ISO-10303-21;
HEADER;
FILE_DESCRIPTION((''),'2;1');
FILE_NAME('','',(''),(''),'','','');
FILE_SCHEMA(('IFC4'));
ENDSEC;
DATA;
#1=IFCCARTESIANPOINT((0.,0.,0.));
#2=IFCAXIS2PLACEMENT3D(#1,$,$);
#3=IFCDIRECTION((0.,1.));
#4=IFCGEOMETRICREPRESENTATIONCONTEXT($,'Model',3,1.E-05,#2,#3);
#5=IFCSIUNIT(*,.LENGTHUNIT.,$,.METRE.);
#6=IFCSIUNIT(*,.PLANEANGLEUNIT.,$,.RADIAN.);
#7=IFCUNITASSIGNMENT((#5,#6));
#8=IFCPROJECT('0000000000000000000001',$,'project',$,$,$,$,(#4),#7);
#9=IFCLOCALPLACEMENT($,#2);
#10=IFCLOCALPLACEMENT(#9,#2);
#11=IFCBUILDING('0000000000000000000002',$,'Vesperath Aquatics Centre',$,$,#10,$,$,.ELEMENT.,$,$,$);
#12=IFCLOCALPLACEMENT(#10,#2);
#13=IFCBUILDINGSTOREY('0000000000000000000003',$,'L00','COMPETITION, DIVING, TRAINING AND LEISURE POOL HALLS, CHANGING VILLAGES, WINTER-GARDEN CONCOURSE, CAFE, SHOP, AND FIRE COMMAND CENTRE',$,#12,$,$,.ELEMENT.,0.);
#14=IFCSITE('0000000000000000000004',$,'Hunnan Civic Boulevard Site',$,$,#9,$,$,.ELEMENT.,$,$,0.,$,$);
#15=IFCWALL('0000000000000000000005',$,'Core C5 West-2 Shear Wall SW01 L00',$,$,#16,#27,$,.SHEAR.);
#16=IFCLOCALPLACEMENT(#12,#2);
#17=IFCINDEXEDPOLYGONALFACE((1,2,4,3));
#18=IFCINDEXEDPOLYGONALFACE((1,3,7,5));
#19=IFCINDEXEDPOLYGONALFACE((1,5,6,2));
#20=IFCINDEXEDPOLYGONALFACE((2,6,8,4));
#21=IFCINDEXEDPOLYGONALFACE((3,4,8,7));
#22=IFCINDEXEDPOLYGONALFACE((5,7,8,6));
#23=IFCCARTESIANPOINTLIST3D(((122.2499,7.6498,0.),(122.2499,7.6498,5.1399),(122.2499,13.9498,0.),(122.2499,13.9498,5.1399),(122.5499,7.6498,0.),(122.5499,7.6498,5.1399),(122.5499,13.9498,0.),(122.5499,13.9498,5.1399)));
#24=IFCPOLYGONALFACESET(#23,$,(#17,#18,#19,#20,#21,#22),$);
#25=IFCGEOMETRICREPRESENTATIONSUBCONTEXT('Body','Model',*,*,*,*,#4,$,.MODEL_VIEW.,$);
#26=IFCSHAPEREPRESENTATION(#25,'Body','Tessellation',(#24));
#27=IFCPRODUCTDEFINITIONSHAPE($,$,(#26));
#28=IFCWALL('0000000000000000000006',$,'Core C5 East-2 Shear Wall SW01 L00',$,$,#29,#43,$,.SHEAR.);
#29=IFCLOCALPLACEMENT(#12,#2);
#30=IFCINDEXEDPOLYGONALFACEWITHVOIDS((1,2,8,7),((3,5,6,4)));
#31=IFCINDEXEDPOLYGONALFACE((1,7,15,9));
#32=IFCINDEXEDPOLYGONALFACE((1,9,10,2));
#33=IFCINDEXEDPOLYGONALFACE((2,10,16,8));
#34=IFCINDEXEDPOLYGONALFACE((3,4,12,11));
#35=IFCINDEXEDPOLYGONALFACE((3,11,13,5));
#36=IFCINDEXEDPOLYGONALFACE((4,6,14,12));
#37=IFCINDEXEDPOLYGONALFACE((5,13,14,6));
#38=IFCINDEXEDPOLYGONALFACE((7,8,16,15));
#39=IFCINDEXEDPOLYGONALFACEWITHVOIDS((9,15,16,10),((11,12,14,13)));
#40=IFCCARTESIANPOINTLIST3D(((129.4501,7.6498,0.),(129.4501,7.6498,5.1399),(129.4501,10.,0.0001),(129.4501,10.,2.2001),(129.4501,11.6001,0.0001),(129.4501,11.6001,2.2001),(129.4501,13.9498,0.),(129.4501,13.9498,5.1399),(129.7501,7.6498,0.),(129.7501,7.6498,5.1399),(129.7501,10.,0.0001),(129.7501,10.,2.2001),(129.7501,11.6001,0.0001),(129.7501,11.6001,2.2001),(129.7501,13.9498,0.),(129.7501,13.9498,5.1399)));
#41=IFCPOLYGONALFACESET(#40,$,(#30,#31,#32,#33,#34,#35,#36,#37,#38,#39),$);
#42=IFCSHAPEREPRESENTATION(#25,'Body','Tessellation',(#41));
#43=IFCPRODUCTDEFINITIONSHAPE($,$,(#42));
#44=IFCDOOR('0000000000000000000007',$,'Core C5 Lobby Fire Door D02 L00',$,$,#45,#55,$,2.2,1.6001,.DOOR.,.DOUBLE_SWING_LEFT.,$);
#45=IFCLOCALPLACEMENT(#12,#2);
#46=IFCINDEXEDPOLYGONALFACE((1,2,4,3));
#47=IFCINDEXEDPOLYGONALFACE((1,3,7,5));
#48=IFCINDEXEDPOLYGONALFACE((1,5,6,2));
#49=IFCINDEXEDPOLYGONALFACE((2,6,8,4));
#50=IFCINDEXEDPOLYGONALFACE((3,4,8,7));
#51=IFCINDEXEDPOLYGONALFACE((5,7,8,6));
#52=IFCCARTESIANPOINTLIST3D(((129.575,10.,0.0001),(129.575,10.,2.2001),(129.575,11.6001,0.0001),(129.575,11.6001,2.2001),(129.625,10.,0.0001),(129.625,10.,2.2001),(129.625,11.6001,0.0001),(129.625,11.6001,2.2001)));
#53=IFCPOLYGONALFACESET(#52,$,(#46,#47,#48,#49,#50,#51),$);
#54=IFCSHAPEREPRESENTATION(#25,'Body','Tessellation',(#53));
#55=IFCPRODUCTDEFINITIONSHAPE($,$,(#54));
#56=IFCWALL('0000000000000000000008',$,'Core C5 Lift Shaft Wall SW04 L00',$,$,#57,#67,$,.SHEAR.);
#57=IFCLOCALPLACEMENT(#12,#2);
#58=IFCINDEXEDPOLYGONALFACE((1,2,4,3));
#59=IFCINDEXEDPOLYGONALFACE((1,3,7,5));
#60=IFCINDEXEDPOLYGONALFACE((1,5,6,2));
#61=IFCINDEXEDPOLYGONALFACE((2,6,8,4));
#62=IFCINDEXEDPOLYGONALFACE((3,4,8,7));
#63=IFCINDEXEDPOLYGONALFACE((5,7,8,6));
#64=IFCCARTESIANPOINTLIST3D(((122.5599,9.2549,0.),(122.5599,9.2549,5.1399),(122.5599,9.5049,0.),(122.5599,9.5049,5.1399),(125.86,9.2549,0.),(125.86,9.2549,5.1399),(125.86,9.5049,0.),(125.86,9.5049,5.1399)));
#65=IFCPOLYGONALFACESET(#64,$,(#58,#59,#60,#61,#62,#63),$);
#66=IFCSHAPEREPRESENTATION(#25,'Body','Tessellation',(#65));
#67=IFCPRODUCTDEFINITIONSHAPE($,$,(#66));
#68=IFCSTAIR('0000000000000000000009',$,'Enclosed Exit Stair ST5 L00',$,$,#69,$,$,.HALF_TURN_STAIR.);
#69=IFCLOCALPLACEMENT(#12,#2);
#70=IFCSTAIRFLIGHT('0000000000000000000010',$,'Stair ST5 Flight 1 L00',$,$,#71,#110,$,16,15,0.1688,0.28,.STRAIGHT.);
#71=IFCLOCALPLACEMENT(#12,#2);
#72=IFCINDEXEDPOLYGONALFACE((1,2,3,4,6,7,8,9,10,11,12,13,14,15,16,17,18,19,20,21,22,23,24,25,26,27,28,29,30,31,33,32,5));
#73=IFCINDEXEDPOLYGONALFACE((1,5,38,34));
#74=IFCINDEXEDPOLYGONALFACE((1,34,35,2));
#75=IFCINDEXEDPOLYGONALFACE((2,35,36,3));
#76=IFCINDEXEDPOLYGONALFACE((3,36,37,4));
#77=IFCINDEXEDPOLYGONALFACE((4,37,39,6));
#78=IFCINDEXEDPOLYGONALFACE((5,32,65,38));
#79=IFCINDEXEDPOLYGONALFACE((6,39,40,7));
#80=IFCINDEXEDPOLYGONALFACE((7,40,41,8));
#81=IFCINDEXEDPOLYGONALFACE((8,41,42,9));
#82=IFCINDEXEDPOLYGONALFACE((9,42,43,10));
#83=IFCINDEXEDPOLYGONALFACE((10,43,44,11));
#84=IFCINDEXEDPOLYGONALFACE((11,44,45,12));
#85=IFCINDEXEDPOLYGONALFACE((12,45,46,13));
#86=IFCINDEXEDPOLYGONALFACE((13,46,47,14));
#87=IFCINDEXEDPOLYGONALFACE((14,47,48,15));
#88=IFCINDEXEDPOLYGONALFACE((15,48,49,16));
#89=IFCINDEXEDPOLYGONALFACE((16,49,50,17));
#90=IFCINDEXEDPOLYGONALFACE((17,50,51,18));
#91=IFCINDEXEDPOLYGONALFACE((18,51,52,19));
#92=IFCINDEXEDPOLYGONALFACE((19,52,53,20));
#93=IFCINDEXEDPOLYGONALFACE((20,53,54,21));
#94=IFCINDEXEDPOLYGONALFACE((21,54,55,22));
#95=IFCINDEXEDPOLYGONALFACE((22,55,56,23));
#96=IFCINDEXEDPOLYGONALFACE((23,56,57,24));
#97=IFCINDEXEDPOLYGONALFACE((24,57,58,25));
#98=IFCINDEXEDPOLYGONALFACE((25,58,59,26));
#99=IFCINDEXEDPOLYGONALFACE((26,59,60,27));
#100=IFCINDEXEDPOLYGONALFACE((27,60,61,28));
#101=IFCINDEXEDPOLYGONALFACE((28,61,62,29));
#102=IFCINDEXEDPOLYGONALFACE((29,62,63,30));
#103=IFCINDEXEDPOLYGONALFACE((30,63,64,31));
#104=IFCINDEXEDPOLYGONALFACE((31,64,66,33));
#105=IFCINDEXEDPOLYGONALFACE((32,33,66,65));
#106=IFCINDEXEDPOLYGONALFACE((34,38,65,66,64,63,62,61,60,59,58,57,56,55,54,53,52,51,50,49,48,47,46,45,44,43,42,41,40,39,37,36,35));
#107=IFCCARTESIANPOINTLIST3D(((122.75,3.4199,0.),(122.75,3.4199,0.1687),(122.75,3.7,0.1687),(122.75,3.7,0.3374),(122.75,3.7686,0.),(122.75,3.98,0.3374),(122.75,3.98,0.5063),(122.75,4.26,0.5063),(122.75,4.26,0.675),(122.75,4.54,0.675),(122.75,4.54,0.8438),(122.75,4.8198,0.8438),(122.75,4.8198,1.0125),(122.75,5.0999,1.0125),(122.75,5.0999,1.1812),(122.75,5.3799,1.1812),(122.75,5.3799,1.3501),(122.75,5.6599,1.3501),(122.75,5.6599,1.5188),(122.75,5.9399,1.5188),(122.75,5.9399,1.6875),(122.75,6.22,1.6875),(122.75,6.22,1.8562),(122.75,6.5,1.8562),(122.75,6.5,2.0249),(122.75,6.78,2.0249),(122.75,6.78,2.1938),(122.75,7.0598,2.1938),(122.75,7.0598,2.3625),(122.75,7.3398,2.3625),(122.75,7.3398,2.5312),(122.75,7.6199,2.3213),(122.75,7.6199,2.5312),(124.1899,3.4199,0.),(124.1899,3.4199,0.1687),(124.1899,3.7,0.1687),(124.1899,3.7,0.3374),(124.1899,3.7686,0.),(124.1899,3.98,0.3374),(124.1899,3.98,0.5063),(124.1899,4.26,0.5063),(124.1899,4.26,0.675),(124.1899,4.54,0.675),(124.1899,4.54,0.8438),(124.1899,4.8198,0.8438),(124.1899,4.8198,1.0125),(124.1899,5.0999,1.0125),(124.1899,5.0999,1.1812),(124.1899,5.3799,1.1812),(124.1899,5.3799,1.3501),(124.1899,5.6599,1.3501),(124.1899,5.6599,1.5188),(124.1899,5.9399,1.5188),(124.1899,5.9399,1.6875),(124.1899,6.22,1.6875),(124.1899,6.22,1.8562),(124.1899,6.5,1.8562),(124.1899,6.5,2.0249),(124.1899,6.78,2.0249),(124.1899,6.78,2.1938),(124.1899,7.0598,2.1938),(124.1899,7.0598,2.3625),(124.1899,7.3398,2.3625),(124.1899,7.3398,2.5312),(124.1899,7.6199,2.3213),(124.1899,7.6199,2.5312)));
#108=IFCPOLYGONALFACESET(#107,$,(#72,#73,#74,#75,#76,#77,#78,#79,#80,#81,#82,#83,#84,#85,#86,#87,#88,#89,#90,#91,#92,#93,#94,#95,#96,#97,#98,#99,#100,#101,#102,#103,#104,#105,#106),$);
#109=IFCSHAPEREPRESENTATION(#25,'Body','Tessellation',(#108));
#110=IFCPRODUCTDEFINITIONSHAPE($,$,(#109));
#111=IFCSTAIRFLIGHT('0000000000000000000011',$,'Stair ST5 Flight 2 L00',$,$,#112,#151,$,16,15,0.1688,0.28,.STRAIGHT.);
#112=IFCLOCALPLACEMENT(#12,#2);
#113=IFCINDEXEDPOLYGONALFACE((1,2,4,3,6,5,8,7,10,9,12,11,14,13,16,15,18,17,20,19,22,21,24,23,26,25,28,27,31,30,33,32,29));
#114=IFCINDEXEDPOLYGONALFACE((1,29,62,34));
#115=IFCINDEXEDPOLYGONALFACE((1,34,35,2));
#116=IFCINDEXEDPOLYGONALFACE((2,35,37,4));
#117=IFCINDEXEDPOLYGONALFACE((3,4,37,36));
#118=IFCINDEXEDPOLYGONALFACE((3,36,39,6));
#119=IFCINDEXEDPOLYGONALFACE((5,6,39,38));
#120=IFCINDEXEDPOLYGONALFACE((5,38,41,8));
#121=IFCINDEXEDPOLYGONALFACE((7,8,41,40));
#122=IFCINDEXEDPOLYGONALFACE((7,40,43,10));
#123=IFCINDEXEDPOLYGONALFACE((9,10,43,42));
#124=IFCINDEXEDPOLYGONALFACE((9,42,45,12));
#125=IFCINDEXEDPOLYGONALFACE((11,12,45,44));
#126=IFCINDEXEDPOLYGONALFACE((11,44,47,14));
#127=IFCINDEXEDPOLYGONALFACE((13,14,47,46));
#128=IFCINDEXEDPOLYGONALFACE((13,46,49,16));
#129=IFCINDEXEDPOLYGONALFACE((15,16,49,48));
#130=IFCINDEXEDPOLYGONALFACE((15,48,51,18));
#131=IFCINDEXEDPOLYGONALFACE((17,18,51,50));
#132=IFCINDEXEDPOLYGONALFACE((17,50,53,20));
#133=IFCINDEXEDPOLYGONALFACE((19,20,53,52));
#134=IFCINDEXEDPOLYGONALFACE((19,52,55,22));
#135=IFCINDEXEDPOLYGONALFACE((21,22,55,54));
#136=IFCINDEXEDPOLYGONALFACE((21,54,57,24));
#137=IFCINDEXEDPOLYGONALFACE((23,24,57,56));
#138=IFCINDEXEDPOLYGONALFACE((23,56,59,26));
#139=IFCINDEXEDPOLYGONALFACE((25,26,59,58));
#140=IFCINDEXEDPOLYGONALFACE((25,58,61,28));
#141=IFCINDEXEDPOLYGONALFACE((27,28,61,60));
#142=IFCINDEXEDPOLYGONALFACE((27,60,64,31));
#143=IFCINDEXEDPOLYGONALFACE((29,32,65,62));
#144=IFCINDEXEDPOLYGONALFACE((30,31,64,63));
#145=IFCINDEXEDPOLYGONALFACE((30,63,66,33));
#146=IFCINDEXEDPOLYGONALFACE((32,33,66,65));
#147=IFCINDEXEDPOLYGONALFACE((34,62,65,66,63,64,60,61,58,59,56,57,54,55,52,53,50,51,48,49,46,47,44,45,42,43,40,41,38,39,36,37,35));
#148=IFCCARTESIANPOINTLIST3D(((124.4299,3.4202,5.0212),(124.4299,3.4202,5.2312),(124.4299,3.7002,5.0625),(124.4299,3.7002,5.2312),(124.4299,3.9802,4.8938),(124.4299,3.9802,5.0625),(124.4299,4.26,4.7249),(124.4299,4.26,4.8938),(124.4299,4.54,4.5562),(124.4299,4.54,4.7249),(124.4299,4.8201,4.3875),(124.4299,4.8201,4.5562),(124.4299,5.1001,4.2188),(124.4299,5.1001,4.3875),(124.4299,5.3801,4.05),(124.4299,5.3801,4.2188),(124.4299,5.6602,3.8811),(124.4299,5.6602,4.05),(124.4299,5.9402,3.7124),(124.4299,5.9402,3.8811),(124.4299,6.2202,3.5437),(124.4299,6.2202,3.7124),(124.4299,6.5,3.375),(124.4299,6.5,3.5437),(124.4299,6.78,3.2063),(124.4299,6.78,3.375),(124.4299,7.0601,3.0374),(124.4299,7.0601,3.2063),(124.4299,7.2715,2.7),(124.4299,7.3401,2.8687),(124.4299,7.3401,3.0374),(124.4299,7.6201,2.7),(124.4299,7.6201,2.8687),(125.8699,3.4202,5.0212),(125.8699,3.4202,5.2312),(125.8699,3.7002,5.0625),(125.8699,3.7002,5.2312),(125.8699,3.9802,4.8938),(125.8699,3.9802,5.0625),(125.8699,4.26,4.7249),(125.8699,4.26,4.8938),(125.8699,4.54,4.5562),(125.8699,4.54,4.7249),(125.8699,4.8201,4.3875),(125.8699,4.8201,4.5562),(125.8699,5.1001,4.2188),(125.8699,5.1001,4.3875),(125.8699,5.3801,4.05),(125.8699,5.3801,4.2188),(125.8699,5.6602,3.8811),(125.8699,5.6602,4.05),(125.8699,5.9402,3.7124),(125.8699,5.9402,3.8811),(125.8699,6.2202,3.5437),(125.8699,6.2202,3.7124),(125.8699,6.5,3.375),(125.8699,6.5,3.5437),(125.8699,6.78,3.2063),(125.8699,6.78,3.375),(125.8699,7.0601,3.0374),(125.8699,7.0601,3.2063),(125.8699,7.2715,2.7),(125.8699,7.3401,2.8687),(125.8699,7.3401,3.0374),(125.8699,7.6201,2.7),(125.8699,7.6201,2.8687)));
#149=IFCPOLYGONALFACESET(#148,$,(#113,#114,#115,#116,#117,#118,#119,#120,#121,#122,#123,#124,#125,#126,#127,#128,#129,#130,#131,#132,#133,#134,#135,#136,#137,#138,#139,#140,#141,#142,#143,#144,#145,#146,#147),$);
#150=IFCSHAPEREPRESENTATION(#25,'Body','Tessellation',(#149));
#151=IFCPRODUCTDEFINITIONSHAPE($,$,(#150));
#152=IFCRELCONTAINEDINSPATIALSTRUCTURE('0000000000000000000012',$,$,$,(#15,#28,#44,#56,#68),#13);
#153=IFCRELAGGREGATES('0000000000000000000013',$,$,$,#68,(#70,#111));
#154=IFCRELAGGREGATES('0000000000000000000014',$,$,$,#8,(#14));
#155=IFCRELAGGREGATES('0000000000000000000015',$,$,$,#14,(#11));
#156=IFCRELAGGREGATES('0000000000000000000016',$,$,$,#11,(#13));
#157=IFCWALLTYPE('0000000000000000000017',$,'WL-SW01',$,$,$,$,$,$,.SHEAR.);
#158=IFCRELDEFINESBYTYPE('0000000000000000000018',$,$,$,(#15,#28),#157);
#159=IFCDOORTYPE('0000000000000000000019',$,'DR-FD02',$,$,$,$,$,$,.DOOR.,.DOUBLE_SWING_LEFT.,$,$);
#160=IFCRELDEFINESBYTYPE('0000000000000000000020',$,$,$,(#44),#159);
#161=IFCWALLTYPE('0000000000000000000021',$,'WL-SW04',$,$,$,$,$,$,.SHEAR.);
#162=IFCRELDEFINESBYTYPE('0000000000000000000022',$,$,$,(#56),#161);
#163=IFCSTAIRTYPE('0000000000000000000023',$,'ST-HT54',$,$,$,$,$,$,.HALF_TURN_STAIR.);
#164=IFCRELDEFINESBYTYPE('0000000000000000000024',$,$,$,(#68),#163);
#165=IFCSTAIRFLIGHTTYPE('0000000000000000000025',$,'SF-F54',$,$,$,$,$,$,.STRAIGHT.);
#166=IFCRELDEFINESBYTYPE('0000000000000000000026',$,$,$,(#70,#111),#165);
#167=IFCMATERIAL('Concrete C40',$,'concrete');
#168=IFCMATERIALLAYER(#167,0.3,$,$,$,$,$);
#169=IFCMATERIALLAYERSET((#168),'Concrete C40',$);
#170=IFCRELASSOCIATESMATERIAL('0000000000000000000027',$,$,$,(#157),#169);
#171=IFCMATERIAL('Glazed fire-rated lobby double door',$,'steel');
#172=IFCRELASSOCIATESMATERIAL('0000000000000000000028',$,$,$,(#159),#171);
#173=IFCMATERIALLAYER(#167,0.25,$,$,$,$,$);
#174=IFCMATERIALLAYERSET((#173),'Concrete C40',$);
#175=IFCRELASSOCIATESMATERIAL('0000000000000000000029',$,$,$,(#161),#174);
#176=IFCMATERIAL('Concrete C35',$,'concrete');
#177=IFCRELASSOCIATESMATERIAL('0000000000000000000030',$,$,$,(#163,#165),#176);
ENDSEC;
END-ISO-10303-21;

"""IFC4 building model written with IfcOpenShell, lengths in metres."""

from ifc_helpers import new_model, si_unit, direction, frame, frame_2d, origin, place, context, subcontext, project, spatial, polyline, rectangle, outline, extrude, material, layer, layer_set, type_object, element, fill, aggregate, save


model = new_model("IFC4")

# Units and contexts
model_context = context("Model", 3, precision=1e-05, world=origin(), true_north=direction((0.0, 1.0)))
body_context = subcontext(model_context, "Body", "Model", "MODEL_VIEW")
ifc_project = project(units=[si_unit("LENGTHUNIT", "METRE"), si_unit("PLANEANGLEUNIT", "RADIAN")], contexts=[model_context])

# Site, building, storey
site_placement = place(None, origin())
site = spatial("IfcSite", under=ifc_project, at=site_placement, Name="Hunnan Civic Boulevard Site", CompositionType="ELEMENT", RefElevation=0.0)
building_placement = place(site_placement, origin())
building = spatial("IfcBuilding", under=site, at=building_placement, Name="Vesperath Aquatics Centre", CompositionType="ELEMENT")
storey_placement = place(building_placement, origin())
storey = spatial("IfcBuildingStorey", under=building, at=storey_placement, Name="L00", Description="COMPETITION, DIVING, TRAINING AND LEISURE POOL HALLS, CHANGING VILLAGES, WINTER-GARDEN CONCOURSE, CAFE, SHOP, AND FIRE COMMAND CENTRE", CompositionType="ELEMENT", Elevation=0.0)

# Shared definitions
ifc_material_1 = material(Name="Concrete C40", Category="concrete")

# Shared definitions
ifc_material_2 = material(Name="Concrete C35", Category="concrete")

# Wall
ifc_layer_1 = layer(ifc_material_1, 0.3)
ifc_layer_set_1 = layer_set([ifc_layer_1], Name="Concrete C40")
wall_type_1 = type_object("IfcWallType", Name="WL-SW01", PredefinedType="SHEAR", material=ifc_layer_set_1)
wall_1_placement = place(storey_placement, frame((122.3999, 7.6499, 0.0), z_axis=(0.0, 0.0, 1.0), x_axis=(0.0, 1.0, 0.0)))
element("IfcWall", 1, at=wall_1_placement, inside=storey, type_object=wall_type_1, Name="Core C5 West-2 Shear Wall SW01 L00", PredefinedType="SHEAR", context=body_context, shape_type="SweptSolid", body=[
    extrude(rectangle(XDim=6.3, YDim=0.3, at=frame_2d((3.1499, 0.0))), origin(), (0.0, 0.0, 1.0), 5.1399),
])

# Wall, opening, door
wall_2_placement = place(storey_placement, frame((129.6001, 7.6499, 0.0), z_axis=(0.0, 0.0, 1.0), x_axis=(0.0, 1.0, 0.0)))
wall_2 = element("IfcWall", 2, at=wall_2_placement, inside=storey, type_object=wall_type_1, Name="Core C5 East-2 Shear Wall SW01 L00", PredefinedType="SHEAR", context=body_context, shape_type="SweptSolid", body=[
    extrude(rectangle(XDim=6.3, YDim=0.3, at=frame_2d((3.1499, 0.0))), origin(), (0.0, 0.0, 1.0), 5.1399),
])
opening_1_placement = place(wall_2_placement, frame((2.3501, 0.0, 0.0)))
opening_1 = element("IfcOpeningElement", 3, at=opening_1_placement, cuts=wall_2, PredefinedType="OPENING", context=body_context, shape_type="SweptSolid", body=[
    extrude(rectangle(XDim=1.6001, YDim=2.2, at=frame_2d((0.8, 1.1001))), frame((0.0, 0.165, 0.0), z_axis=(0.0, -1.0, 0.0), x_axis=(1.0, 0.0, 0.0)), (0.0, 0.0, 1.0), 0.3298),
])
ifc_material_3 = material(Name="Glazed fire-rated lobby double door", Category="steel")
door_type_1 = type_object("IfcDoorType", Name="DR-FD02", OperationType="DOUBLE_SWING_LEFT", PredefinedType="DOOR", material=ifc_material_3)
door_1_placement = place(opening_1_placement, frame((1.6001, 0.0, 0.0), z_axis=(0.0, 0.0, 1.0), x_axis=(-1.0, 0.0, 0.0)))
door_1 = element("IfcDoor", 4, at=door_1_placement, inside=storey, type_object=door_type_1, Name="Core C5 Lobby Fire Door D02 L00", OperationType="DOUBLE_SWING_LEFT", OverallHeight=2.2, OverallWidth=1.6001, PredefinedType="DOOR", context=body_context, shape_type="SweptSolid", body=[
    extrude(rectangle(XDim=1.6001, YDim=2.2, at=frame_2d((0.8, 1.1001))), frame((0.0, 0.0249, 0.0), z_axis=(0.0, -1.0, 0.0), x_axis=(1.0, 0.0, 0.0)), (0.0, 0.0, 1.0), 0.05),
])
fill(opening_1, door_1)

# Wall
ifc_layer_2 = layer(ifc_material_1, 0.25)
ifc_layer_set_2 = layer_set([ifc_layer_2], Name="Concrete C40")
wall_type_2 = type_object("IfcWallType", Name="WL-SW04", PredefinedType="SHEAR", material=ifc_layer_set_2)
wall_3_placement = place(storey_placement, frame((122.5601, 9.3799, 0.0), z_axis=(0.0, 0.0, 1.0), x_axis=(1.0, 0.0, 0.0)))
element("IfcWall", 5, at=wall_3_placement, inside=storey, type_object=wall_type_2, Name="Core C5 Lift Shaft Wall SW04 L00", PredefinedType="SHEAR", context=body_context, shape_type="SweptSolid", body=[
    extrude(rectangle(XDim=3.3, YDim=0.25, at=frame_2d((1.6499, 0.0))), origin(), (0.0, 0.0, 1.0), 5.1399),
])

# Stair, stair flights
stair_type = type_object("IfcStairType", Name="ST-HT54", PredefinedType="HALF_TURN_STAIR", material=ifc_material_2)
stair_placement = place(storey_placement, origin())
stair = element("IfcStair", 6, at=stair_placement, inside=storey, type_object=stair_type, Name="Enclosed Exit Stair ST5 L00", PredefinedType="HALF_TURN_STAIR")
stair_flight_type = type_object("IfcStairFlightType", Name="SF-F54", PredefinedType="STRAIGHT", material=ifc_material_2)
stair_flight_1_placement = place(storey_placement, frame((123.47, 3.4199, 0.0), z_axis=(0.0, 0.0, 1.0), x_axis=(0.0, 1.0, 0.0)))
stair_flight_1 = element("IfcStairFlight", 7, at=stair_flight_1_placement, type_object=stair_flight_type, Name="Stair ST5 Flight 1 L00", NumberOfRisers=16, NumberOfTreads=15, PredefinedType="STRAIGHT", RiserHeight=0.1688, TreadLength=0.28, context=body_context, shape_type="SweptSolid", body=[
    extrude(outline(polyline([(0.0, 0.0), (0.0, 0.1687), (0.28, 0.1687), (0.28, 0.3374), (0.5601, 0.3374), (0.5601, 0.5063), (0.8401, 0.5063), (0.8401, 0.675), (1.1201, 0.675), (1.1201, 0.8438), (1.3999, 0.8438), (1.3999, 1.0125), (1.6799, 1.0125), (1.6799, 1.1812), (1.96, 1.1812), (1.96, 1.3501), (2.24, 1.3501), (2.24, 1.5188), (2.52, 1.5188), (2.52, 1.6875), (2.8, 1.6875), (2.8, 1.8562), (3.0801, 1.8562), (3.0801, 2.0249), (3.3601, 2.0249), (3.3601, 2.1938), (3.6399, 2.1938), (3.6399, 2.3625), (3.9199, 2.3625), (3.9199, 2.5312), (4.2, 2.5312), (4.2, 2.7), (4.2, 2.3213), (0.3486, 0.0), (0.0, 0.0)])), frame((0.0, 0.72, 0.0), z_axis=(0.0, -1.0, 0.0), x_axis=(1.0, 0.0, 0.0)), (0.0, 0.0, 1.0), 1.4399),
])
stair_flight_2_placement = place(storey_placement, frame((125.1499, 7.6201, 2.7), z_axis=(0.0, 0.0, 1.0), x_axis=(0.0, -1.0, 0.0)))
stair_flight_2 = element("IfcStairFlight", 8, at=stair_flight_2_placement, type_object=stair_flight_type, Name="Stair ST5 Flight 2 L00", NumberOfRisers=16, NumberOfTreads=15, PredefinedType="STRAIGHT", RiserHeight=0.1688, TreadLength=0.28, context=body_context, shape_type="SweptSolid", body=[
    extrude(outline(polyline([(0.0, 0.0), (0.0, 0.1687), (0.28, 0.1687), (0.28, 0.3374), (0.5601, 0.3374), (0.5601, 0.5063), (0.8401, 0.5063), (0.8401, 0.675), (1.1201, 0.675), (1.1201, 0.8438), (1.3999, 0.8438), (1.3999, 1.0125), (1.6799, 1.0125), (1.6799, 1.1812), (1.96, 1.1812), (1.96, 1.3501), (2.24, 1.3501), (2.24, 1.5188), (2.52, 1.5188), (2.52, 1.6875), (2.8, 1.6875), (2.8, 1.8562), (3.0801, 1.8562), (3.0801, 2.0249), (3.3601, 2.0249), (3.3601, 2.1938), (3.6399, 2.1938), (3.6399, 2.3625), (3.9199, 2.3625), (3.9199, 2.5312), (4.2, 2.5312), (4.2, 2.7), (4.2, 2.3213), (0.3486, 0.0), (0.0, 0.0)])), frame((0.0, 0.72, 0.0), z_axis=(0.0, -1.0, 0.0), x_axis=(1.0, 0.0, 0.0)), (0.0, 0.0, 1.0), 1.4399),
])
aggregate(stair, [stair_flight_1, stair_flight_2])

save(model, "model.ifc")
